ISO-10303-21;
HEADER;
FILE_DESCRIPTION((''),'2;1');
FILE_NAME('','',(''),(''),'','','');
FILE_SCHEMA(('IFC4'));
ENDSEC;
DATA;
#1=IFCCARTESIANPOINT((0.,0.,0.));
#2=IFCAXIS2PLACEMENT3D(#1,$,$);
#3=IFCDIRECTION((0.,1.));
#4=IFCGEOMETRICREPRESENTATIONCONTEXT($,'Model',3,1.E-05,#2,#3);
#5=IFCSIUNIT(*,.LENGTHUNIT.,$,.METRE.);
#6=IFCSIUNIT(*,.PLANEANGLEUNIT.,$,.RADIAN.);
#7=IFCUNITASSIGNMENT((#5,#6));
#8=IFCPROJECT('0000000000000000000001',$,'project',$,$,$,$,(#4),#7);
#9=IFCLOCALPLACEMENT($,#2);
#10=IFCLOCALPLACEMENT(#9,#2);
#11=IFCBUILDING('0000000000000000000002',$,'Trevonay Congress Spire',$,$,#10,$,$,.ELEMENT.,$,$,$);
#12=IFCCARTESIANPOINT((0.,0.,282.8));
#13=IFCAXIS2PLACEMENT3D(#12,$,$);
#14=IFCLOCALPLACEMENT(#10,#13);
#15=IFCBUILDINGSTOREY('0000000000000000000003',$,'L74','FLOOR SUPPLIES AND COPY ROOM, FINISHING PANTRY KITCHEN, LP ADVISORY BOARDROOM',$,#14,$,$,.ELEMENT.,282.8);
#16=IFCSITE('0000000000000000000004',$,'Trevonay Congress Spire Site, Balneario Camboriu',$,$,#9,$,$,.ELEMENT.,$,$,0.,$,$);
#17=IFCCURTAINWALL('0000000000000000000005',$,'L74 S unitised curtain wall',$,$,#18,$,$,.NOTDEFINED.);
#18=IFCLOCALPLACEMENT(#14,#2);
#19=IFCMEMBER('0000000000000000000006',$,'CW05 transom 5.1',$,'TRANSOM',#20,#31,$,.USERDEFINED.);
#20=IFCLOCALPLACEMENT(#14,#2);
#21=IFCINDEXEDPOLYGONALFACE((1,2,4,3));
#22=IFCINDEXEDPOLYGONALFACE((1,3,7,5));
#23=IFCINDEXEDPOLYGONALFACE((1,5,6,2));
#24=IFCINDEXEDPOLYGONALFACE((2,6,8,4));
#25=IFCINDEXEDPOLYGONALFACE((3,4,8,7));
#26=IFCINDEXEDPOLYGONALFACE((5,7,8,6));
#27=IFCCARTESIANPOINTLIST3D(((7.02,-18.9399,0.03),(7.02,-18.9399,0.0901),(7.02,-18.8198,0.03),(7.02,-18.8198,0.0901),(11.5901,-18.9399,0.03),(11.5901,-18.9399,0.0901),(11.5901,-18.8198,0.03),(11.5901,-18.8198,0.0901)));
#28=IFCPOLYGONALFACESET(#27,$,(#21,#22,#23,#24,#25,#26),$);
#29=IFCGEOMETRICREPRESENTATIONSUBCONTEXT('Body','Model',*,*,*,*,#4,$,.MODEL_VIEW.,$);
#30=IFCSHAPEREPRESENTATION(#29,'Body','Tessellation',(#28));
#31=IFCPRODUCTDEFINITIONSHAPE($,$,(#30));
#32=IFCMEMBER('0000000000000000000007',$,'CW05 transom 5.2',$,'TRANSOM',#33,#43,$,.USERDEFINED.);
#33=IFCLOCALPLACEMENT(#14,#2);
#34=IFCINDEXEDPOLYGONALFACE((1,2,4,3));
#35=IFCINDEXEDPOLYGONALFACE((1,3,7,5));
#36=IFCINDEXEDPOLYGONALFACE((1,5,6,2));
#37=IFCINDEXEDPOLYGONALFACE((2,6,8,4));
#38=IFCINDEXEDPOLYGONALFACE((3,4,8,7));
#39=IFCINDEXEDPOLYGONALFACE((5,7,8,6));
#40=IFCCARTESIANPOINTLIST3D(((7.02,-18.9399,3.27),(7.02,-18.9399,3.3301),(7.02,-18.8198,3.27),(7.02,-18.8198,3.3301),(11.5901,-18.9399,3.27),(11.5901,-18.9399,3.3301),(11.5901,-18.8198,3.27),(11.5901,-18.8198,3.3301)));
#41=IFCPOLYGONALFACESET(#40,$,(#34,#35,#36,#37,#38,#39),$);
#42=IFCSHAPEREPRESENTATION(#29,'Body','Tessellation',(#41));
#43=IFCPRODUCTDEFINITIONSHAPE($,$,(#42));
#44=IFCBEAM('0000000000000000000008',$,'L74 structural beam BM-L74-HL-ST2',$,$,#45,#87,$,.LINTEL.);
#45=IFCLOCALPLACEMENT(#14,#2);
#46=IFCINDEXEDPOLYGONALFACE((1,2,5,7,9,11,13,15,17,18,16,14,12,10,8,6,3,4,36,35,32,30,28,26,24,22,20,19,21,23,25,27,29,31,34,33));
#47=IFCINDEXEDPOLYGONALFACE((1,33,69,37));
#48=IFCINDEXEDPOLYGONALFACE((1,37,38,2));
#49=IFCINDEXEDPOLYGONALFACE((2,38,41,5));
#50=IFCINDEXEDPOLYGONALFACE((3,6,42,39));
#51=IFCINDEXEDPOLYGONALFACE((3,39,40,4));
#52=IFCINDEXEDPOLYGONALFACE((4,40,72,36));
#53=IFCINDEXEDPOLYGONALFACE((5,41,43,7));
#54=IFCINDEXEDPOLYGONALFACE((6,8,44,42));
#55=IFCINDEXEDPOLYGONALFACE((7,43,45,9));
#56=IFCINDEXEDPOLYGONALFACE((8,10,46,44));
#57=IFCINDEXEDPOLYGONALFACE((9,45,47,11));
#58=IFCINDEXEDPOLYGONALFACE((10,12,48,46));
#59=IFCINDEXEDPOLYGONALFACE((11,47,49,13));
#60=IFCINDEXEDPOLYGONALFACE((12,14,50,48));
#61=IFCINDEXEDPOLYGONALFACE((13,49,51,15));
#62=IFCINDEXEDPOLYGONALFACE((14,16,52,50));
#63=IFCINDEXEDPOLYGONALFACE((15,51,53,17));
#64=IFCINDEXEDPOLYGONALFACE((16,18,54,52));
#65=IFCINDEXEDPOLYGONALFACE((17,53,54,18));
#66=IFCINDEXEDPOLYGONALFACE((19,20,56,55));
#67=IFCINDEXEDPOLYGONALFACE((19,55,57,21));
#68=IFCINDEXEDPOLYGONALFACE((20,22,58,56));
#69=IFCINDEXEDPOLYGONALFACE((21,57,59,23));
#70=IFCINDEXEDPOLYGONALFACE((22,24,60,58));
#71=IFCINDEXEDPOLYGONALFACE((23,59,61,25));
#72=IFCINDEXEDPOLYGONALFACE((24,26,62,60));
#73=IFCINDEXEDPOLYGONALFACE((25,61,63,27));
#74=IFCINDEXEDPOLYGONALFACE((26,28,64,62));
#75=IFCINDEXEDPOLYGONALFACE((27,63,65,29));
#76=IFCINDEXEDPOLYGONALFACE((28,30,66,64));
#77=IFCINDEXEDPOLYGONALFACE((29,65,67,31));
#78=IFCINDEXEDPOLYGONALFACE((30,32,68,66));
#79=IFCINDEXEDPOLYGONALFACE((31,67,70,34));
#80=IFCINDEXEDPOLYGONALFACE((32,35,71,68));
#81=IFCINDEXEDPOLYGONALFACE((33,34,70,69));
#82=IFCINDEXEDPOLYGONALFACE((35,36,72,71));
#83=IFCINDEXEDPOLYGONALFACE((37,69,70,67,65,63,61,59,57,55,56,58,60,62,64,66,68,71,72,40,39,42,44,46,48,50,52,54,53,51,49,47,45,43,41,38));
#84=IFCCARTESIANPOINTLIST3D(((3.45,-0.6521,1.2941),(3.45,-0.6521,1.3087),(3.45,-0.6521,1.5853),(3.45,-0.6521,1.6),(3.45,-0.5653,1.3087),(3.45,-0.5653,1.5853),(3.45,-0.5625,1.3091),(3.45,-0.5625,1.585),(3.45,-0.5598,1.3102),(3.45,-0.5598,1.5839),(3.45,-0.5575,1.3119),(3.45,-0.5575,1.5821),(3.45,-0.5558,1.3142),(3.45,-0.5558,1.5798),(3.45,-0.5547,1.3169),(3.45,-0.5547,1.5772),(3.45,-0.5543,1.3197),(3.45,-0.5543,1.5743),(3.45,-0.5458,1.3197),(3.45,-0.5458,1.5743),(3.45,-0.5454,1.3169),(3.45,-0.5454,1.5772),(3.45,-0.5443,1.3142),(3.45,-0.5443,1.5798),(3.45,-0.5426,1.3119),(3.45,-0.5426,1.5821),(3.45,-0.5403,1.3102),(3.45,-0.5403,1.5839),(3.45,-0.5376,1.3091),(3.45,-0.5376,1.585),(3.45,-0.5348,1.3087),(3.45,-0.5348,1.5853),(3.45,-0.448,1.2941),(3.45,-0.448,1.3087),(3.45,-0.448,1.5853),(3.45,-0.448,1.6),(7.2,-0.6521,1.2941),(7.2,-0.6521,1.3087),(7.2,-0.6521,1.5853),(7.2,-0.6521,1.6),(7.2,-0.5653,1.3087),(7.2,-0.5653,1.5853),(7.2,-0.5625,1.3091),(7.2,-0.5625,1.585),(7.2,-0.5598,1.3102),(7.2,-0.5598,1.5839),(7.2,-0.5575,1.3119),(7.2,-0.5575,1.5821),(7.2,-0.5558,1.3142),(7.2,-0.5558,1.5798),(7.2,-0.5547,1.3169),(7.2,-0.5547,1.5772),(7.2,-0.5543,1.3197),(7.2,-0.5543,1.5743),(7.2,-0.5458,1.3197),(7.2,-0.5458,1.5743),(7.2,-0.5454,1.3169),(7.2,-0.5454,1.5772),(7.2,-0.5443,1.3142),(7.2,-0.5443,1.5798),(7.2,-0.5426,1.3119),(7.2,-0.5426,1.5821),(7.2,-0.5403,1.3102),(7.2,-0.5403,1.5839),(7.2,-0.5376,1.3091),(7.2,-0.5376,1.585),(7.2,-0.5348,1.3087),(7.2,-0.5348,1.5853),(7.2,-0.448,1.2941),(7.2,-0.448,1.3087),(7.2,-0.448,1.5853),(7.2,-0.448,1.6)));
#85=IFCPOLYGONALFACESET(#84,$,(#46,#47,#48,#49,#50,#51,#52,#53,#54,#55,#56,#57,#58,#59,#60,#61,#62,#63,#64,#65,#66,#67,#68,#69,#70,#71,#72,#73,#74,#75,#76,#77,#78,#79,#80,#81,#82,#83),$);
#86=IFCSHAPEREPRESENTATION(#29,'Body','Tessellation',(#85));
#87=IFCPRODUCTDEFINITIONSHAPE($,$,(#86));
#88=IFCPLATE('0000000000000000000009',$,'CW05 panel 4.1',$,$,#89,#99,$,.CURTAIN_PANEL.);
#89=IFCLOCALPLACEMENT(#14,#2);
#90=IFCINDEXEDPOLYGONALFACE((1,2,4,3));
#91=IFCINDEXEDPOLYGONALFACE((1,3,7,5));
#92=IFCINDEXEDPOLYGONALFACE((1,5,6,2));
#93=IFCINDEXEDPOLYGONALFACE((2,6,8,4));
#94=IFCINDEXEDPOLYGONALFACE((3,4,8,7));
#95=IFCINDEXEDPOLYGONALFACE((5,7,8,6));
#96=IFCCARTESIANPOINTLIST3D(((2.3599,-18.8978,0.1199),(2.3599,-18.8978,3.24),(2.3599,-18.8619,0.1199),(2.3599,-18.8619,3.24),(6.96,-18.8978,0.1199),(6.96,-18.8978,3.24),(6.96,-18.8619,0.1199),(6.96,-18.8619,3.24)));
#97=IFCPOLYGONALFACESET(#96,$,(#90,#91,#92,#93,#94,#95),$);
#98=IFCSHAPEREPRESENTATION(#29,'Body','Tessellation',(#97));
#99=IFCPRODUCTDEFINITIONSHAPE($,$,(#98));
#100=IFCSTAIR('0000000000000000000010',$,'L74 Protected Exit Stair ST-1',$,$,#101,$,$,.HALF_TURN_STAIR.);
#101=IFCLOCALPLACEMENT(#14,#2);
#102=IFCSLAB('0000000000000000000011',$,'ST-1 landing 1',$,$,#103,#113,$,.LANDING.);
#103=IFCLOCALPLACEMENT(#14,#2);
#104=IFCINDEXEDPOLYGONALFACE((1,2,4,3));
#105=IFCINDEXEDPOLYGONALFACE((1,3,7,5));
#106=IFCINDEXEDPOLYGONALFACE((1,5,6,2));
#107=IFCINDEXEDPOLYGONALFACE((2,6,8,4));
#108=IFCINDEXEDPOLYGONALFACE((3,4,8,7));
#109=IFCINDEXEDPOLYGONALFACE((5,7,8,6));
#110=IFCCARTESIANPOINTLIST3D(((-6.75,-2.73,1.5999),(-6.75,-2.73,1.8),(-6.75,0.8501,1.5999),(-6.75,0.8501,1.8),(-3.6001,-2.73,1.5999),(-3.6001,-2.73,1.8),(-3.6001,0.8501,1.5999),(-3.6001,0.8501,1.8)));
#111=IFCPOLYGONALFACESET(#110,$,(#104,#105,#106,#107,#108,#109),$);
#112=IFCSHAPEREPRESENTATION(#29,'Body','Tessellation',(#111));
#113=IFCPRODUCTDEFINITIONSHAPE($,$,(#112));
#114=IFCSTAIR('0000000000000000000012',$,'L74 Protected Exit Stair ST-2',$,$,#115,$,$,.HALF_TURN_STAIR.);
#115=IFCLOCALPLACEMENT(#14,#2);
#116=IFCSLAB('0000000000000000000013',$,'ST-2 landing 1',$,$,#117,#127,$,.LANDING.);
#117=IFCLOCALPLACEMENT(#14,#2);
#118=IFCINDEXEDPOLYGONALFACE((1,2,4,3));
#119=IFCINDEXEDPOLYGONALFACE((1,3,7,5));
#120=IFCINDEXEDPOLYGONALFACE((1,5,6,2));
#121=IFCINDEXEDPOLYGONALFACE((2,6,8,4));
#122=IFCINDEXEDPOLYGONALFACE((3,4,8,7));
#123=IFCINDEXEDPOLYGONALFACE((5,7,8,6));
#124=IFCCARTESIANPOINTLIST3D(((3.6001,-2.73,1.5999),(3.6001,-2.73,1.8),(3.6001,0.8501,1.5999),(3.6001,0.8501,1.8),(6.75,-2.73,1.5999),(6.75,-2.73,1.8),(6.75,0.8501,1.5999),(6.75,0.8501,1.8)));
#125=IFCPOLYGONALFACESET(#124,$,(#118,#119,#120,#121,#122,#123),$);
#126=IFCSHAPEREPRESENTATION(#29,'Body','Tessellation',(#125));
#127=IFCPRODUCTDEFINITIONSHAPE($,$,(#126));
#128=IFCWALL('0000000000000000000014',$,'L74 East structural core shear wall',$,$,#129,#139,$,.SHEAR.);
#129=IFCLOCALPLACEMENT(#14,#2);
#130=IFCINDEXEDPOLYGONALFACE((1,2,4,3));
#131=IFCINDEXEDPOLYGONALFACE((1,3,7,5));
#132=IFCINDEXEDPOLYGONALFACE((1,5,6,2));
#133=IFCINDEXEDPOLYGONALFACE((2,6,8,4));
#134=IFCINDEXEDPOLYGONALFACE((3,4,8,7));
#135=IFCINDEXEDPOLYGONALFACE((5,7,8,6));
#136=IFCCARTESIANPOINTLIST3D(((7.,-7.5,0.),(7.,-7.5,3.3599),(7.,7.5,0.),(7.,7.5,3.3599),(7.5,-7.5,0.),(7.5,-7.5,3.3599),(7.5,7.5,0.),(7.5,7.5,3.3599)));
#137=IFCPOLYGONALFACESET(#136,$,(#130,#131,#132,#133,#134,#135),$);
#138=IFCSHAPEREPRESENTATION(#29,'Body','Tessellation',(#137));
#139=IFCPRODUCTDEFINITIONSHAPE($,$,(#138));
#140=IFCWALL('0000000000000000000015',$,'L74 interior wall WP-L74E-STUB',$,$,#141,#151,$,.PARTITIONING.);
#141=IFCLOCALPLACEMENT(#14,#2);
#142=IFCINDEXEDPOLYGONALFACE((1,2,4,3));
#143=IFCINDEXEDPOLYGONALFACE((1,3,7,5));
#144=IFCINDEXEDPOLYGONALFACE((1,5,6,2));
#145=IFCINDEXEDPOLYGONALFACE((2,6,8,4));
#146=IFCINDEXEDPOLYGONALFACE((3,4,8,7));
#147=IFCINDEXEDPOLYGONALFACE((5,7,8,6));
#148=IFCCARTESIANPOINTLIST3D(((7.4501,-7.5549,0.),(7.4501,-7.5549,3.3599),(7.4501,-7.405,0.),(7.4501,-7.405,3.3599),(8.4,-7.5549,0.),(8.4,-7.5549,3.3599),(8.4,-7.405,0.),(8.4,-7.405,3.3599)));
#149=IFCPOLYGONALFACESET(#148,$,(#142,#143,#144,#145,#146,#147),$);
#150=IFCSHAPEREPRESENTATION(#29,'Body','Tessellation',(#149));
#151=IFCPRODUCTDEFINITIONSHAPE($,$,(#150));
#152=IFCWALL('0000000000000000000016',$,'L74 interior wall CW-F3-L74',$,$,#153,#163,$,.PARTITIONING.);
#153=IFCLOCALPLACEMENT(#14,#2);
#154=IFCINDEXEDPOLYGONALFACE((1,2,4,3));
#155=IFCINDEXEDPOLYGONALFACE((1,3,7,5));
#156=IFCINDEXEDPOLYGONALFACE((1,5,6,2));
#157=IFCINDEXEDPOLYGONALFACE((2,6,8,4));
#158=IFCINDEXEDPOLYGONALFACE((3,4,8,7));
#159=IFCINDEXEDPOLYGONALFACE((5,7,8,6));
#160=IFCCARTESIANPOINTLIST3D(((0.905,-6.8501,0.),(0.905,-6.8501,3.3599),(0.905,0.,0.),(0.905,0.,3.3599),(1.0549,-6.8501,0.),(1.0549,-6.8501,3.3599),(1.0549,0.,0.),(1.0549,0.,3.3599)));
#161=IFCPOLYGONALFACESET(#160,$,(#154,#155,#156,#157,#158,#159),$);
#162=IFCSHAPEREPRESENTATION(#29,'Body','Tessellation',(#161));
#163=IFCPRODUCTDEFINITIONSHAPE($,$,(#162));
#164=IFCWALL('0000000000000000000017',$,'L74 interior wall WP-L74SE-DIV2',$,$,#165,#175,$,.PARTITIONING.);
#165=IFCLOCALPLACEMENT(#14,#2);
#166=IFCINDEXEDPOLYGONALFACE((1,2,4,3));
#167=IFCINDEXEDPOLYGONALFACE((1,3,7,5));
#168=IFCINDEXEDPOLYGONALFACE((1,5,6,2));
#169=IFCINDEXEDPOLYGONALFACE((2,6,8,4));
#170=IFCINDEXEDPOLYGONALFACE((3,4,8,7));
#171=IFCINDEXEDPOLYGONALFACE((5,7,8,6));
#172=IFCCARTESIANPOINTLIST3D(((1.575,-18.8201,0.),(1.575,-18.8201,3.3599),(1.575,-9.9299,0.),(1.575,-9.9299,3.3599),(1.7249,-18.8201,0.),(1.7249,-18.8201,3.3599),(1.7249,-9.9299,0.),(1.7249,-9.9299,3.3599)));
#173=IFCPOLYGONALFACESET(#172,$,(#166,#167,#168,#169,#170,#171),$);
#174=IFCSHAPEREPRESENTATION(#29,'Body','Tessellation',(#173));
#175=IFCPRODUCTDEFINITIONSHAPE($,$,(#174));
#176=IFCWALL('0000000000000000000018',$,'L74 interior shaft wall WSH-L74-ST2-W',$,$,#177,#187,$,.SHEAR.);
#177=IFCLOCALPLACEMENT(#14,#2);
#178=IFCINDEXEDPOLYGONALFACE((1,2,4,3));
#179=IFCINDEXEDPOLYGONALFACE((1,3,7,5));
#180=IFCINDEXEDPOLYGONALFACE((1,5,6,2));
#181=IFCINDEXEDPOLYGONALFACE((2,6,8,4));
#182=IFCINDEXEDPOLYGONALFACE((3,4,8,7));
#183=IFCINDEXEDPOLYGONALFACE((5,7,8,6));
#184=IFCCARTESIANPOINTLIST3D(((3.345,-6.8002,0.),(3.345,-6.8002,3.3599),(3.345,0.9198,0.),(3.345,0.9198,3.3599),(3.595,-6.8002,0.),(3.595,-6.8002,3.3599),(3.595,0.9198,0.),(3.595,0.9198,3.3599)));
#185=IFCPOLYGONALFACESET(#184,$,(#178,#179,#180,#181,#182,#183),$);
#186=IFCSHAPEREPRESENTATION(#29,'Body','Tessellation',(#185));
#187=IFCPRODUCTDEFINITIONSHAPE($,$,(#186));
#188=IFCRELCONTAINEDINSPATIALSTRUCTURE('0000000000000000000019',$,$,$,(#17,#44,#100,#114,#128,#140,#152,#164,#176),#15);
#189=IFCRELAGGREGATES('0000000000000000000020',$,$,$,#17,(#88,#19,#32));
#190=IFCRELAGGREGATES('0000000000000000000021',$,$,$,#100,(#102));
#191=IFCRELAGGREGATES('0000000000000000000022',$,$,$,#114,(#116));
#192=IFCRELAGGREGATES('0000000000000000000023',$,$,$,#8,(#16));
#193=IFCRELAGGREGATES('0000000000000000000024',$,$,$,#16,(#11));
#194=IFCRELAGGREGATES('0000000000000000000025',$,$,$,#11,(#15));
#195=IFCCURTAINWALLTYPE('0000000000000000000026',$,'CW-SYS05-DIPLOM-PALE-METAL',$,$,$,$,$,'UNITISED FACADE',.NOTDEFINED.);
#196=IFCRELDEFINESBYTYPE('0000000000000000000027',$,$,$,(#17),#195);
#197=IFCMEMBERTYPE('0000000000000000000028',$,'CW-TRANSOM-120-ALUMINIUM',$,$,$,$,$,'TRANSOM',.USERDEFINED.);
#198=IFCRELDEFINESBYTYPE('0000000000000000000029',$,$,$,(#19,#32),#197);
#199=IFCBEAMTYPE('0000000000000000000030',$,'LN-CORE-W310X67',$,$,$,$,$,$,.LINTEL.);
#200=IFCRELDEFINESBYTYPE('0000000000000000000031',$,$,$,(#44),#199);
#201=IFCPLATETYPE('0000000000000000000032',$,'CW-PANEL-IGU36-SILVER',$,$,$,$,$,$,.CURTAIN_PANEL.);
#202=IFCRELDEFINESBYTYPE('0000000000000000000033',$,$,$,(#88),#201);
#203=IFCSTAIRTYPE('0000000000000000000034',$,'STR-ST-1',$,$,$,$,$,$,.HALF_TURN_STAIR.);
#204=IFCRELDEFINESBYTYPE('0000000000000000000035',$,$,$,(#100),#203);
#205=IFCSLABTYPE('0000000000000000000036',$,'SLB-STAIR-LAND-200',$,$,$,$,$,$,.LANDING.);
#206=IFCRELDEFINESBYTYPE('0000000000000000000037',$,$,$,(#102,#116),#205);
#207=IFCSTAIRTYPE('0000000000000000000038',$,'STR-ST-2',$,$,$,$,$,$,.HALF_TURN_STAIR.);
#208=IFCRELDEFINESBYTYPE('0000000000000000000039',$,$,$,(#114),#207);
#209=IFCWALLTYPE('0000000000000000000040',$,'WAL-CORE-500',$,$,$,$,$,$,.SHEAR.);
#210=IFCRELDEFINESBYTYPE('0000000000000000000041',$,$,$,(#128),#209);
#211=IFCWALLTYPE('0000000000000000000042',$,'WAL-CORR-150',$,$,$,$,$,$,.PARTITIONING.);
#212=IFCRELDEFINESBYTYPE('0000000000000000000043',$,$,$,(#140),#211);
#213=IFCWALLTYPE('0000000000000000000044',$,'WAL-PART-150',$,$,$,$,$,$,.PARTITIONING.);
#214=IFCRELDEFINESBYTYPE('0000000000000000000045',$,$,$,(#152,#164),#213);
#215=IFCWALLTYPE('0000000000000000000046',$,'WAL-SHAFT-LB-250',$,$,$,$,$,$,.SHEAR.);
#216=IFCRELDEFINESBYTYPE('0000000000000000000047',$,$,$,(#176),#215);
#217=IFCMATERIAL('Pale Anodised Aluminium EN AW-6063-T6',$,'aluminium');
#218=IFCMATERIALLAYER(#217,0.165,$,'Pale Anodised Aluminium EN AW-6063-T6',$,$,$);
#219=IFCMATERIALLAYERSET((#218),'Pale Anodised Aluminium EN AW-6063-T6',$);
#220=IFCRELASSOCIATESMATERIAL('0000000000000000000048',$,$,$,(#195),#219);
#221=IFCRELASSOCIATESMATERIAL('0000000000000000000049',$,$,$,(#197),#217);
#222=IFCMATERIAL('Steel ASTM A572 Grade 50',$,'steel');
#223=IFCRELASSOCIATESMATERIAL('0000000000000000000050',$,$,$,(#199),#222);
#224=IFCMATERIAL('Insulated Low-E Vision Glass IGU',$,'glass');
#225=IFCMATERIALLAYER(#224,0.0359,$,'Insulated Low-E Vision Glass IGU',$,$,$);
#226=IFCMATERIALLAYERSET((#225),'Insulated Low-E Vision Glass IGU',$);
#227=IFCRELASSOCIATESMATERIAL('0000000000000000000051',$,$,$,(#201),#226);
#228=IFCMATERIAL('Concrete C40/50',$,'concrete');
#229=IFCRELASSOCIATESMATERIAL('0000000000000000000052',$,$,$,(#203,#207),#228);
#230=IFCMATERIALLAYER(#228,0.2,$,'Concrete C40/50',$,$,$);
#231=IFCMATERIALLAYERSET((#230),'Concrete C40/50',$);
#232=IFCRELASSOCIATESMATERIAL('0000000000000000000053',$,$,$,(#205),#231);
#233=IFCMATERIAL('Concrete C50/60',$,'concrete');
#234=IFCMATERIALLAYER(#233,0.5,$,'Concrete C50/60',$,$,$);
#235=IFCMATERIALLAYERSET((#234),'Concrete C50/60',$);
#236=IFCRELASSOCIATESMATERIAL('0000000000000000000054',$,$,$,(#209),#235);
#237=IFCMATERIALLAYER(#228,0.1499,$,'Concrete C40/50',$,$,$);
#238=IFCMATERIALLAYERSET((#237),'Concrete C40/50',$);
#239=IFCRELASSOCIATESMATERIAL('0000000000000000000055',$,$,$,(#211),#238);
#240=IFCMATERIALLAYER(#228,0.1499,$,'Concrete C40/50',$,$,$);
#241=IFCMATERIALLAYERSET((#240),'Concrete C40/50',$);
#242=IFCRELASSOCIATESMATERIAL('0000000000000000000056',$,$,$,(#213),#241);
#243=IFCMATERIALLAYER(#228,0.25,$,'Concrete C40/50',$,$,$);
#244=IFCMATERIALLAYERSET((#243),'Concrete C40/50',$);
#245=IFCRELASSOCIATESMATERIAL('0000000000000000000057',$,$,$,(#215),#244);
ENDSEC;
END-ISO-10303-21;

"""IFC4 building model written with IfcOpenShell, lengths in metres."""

from ifc_helpers import new_model, si_unit, direction, frame, frame_2d, origin, origin_2d, place, context, subcontext, project, spatial, polyline, rectangle, i_section, outline, extrude, material, layer, layer_set, material_profile, profile_set, type_object, element, aggregate, save


model = new_model("IFC4")

# Units and contexts
model_context = context("Model", 3, precision=1e-05, world=origin(), true_north=direction((0.0, 1.0)))
body_context = subcontext(model_context, "Body", "Model", "MODEL_VIEW")
ifc_project = project(units=[si_unit("LENGTHUNIT", "METRE"), si_unit("PLANEANGLEUNIT", "RADIAN")], contexts=[model_context])

# Site, building, storey
site_placement = place(None, origin())
site = spatial("IfcSite", under=ifc_project, at=site_placement, Name="Trevonay Congress Spire Site, Balneario Camboriu", CompositionType="ELEMENT", RefElevation=0.0)
building_placement = place(site_placement, origin())
building = spatial("IfcBuilding", under=site, at=building_placement, Name="Trevonay Congress Spire", CompositionType="ELEMENT")
storey_placement = place(building_placement, frame((0.0, 0.0, 282.8)))
storey = spatial("IfcBuildingStorey", under=building, at=storey_placement, Name="L74", Description="FLOOR SUPPLIES AND COPY ROOM, FINISHING PANTRY KITCHEN, LP ADVISORY BOARDROOM", CompositionType="ELEMENT", Elevation=282.8)

# Shared definitions
ifc_material_1 = material(Name="Steel ASTM A572 Grade 50", Category="steel")

# Curtain wall, members
ifc_material_2 = material(Name="Pale Anodised Aluminium EN AW-6063-T6", Category="aluminium")
ifc_layer_1 = layer(ifc_material_2, 0.165, Name="Pale Anodised Aluminium EN AW-6063-T6")
ifc_layer_set_1 = layer_set([ifc_layer_1], Name="Pale Anodised Aluminium EN AW-6063-T6")
curtain_wall_type = type_object("IfcCurtainWallType", Name="CW-SYS05-DIPLOM-PALE-METAL", ElementType="UNITISED FACADE", PredefinedType="NOTDEFINED", material=ifc_layer_set_1)
curtain_wall_placement = place(storey_placement, origin())
curtain_wall = element("IfcCurtainWall", 1, at=curtain_wall_placement, inside=storey, type_object=curtain_wall_type, Name="L74 S unitised curtain wall", PredefinedType="NOTDEFINED")
ifc_material_profile_1 = material_profile(ifc_material_2, rectangle(XDim=0.1201, YDim=0.0601, at=origin_2d()), Name="CW-TRANSOM-120-ALUMINIUM")
ifc_profile_set_1 = profile_set([ifc_material_profile_1], Name="Pale Anodised Aluminium EN AW-6063-T6")
member_type_1 = type_object("IfcMemberType", Name="CW-TRANSOM-120-ALUMINIUM", ElementType="TRANSOM", PredefinedType="USERDEFINED", material=ifc_profile_set_1)
member_1_placement = place(storey_placement, frame((7.02, -18.8799, 0.0601), z_axis=(1.0, 0.0, 0.0), x_axis=(0.0, 1.0, 0.0)))
member_1 = element("IfcMember", 2, at=member_1_placement, type_object=member_type_1, Name="CW05 transom 5.1", ObjectType="TRANSOM", PredefinedType="USERDEFINED", context=body_context, shape_type="SweptSolid", body=[
    extrude(rectangle(XDim=0.1201, YDim=0.0601, at=origin_2d()), origin(), (0.0, 0.0, 1.0), 4.5701),
])
member_2_placement = place(storey_placement, frame((7.02, -18.8799, 3.3), z_axis=(1.0, 0.0, 0.0), x_axis=(0.0, 1.0, 0.0)))
member_2 = element("IfcMember", 3, at=member_2_placement, type_object=member_type_1, Name="CW05 transom 5.2", ObjectType="TRANSOM", PredefinedType="USERDEFINED", context=body_context, shape_type="SweptSolid", body=[
    extrude(rectangle(XDim=0.1201, YDim=0.0601, at=origin_2d()), origin(), (0.0, 0.0, 1.0), 4.5701),
])

# Beam
ifc_material_profile_2 = material_profile(ifc_material_1, i_section(OverallWidth=0.2041, OverallDepth=0.3059, WebThickness=0.0085, FlangeThickness=0.0146, FilletRadius=0.011, at=origin_2d()), Name="W310x67")
ifc_profile_set_2 = profile_set([ifc_material_profile_2], Name="Steel ASTM A572 Grade 50")
beam_type_1 = type_object("IfcBeamType", Name="LN-CORE-W310X67", PredefinedType="LINTEL", material=ifc_profile_set_2)
beam_1_placement = place(storey_placement, frame((3.45, -0.55, 1.447), z_axis=(1.0, 0.0, 0.0), x_axis=(0.0, 1.0, 0.0)))
element("IfcBeam", 4, at=beam_1_placement, inside=storey, type_object=beam_type_1, Name="L74 structural beam BM-L74-HL-ST2", PredefinedType="LINTEL", context=body_context, shape_type="SweptSolid", body=[
    extrude(i_section(OverallWidth=0.2041, OverallDepth=0.3059, WebThickness=0.0085, FlangeThickness=0.0146, FilletRadius=0.011, at=origin_2d()), origin(), (0.0, 0.0, 1.0), 3.75),
])

# Plate
ifc_material_3 = material(Name="Insulated Low-E Vision Glass IGU", Category="glass")
ifc_layer_2 = layer(ifc_material_3, 0.0359, Name="Insulated Low-E Vision Glass IGU")
ifc_layer_set_2 = layer_set([ifc_layer_2], Name="Insulated Low-E Vision Glass IGU")
plate_type = type_object("IfcPlateType", Name="CW-PANEL-IGU36-SILVER", PredefinedType="CURTAIN_PANEL", material=ifc_layer_set_2)
plate_placement = place(storey_placement, frame((4.6599, -18.8799, 0.1199), z_axis=(0.0, 0.0, 1.0), x_axis=(1.0, 0.0, 0.0)))
plate = element("IfcPlate", 5, at=plate_placement, type_object=plate_type, Name="CW05 panel 4.1", PredefinedType="CURTAIN_PANEL", context=body_context, shape_type="SweptSolid", body=[
    extrude(rectangle(XDim=4.6001, YDim=0.0359, at=origin_2d()), origin(), (0.0, 0.0, 1.0), 3.1201),
])
aggregate(curtain_wall, [plate, member_1, member_2])

# Stairs, slabs
ifc_material_4 = material(Name="Concrete C40/50", Category="concrete")
stair_type_1 = type_object("IfcStairType", Name="STR-ST-1", PredefinedType="HALF_TURN_STAIR", material=ifc_material_4)
stair_1_placement = place(storey_placement, origin())
stair_1 = element("IfcStair", 6, at=stair_1_placement, inside=storey, type_object=stair_type_1, Name="L74 Protected Exit Stair ST-1", PredefinedType="HALF_TURN_STAIR")
ifc_layer_3 = layer(ifc_material_4, 0.2, Name="Concrete C40/50")
ifc_layer_set_3 = layer_set([ifc_layer_3], Name="Concrete C40/50")
slab_type = type_object("IfcSlabType", Name="SLB-STAIR-LAND-200", PredefinedType="LANDING", material=ifc_layer_set_3)
slab_1_placement = place(storey_placement, frame((0.0, 0.0, 1.5999)))
slab_1 = element("IfcSlab", 7, at=slab_1_placement, type_object=slab_type, Name="ST-1 landing 1", PredefinedType="LANDING", context=body_context, shape_type="SweptSolid", body=[
    extrude(outline(polyline([(-3.6001, -2.73), (-3.6001, 0.8501), (-6.75, 0.8501), (-6.75, -2.73), (-3.6001, -2.73)])), origin(), (0.0, 0.0, 1.0), 0.2002),
])
aggregate(stair_1, [slab_1])
stair_type_2 = type_object("IfcStairType", Name="STR-ST-2", PredefinedType="HALF_TURN_STAIR", material=ifc_material_4)
stair_2_placement = place(storey_placement, origin())
stair_2 = element("IfcStair", 8, at=stair_2_placement, inside=storey, type_object=stair_type_2, Name="L74 Protected Exit Stair ST-2", PredefinedType="HALF_TURN_STAIR")
slab_2_placement = place(storey_placement, frame((0.0, 0.0, 1.5999)))
slab_2 = element("IfcSlab", 9, at=slab_2_placement, type_object=slab_type, Name="ST-2 landing 1", PredefinedType="LANDING", context=body_context, shape_type="SweptSolid", body=[
    extrude(outline(polyline([(6.75, -2.73), (6.75, 0.8501), (3.6001, 0.8501), (3.6001, -2.73), (6.75, -2.73)])), origin(), (0.0, 0.0, 1.0), 0.2002),
])

# Walls
ifc_material_5 = material(Name="Concrete C50/60", Category="concrete")
ifc_layer_4 = layer(ifc_material_5, 0.5, Name="Concrete C50/60")
ifc_layer_set_4 = layer_set([ifc_layer_4], Name="Concrete C50/60")
wall_type_1 = type_object("IfcWallType", Name="WAL-CORE-500", PredefinedType="SHEAR", material=ifc_layer_set_4)
wall_1_placement = place(storey_placement, frame((7.25, -7.5, 0.0), z_axis=(0.0, 0.0, 1.0), x_axis=(0.0, 1.0, 0.0)))
element("IfcWall", 10, at=wall_1_placement, inside=storey, type_object=wall_type_1, Name="L74 East structural core shear wall", PredefinedType="SHEAR", context=body_context, shape_type="SweptSolid", body=[
    extrude(rectangle(XDim=15.0, YDim=0.5, at=frame_2d((7.5, 0.0))), origin(), (0.0, 0.0, 1.0), 3.3599),
])
ifc_layer_5 = layer(ifc_material_4, 0.1499, Name="Concrete C40/50")
ifc_layer_set_5 = layer_set([ifc_layer_5], Name="Concrete C40/50")
wall_type_2 = type_object("IfcWallType", Name="WAL-CORR-150", PredefinedType="PARTITIONING", material=ifc_layer_set_5)
wall_2_placement = place(storey_placement, frame((7.45, -7.48, 0.0), z_axis=(0.0, 0.0, 1.0), x_axis=(1.0, 0.0, 0.0)))
element("IfcWall", 11, at=wall_2_placement, inside=storey, type_object=wall_type_2, Name="L74 interior wall WP-L74E-STUB", PredefinedType="PARTITIONING", context=body_context, shape_type="SweptSolid", body=[
    extrude(rectangle(XDim=0.95, YDim=0.1499, at=frame_2d((0.4751, 0.0))), origin(), (0.0, 0.0, 1.0), 3.3599),
])
ifc_layer_6 = layer(ifc_material_4, 0.1499, Name="Concrete C40/50")
ifc_layer_set_6 = layer_set([ifc_layer_6], Name="Concrete C40/50")
wall_type_3 = type_object("IfcWallType", Name="WAL-PART-150", PredefinedType="PARTITIONING", material=ifc_layer_set_6)
wall_3_placement = place(storey_placement, frame((0.98, -6.8501, 0.0), z_axis=(0.0, 0.0, 1.0), x_axis=(0.0, 1.0, 0.0)))
element("IfcWall", 12, at=wall_3_placement, inside=storey, type_object=wall_type_3, Name="L74 interior wall CW-F3-L74", PredefinedType="PARTITIONING", context=body_context, shape_type="SweptSolid", body=[
    extrude(rectangle(XDim=6.8501, YDim=0.1499, at=frame_2d((3.425, 0.0))), origin(), (0.0, 0.0, 1.0), 3.3599),
])
wall_4_placement = place(storey_placement, frame((1.6499, -18.8201, 0.0), z_axis=(0.0, 0.0, 1.0), x_axis=(0.0, 1.0, 0.0)))
element("IfcWall", 13, at=wall_4_placement, inside=storey, type_object=wall_type_3, Name="L74 interior wall WP-L74SE-DIV2", PredefinedType="PARTITIONING", context=body_context, shape_type="SweptSolid", body=[
    extrude(rectangle(XDim=8.8901, YDim=0.1499, at=frame_2d((4.4451, 0.0))), origin(), (0.0, 0.0, 1.0), 3.3599),
])
ifc_layer_7 = layer(ifc_material_4, 0.25, Name="Concrete C40/50")
ifc_layer_set_7 = layer_set([ifc_layer_7], Name="Concrete C40/50")
wall_type_4 = type_object("IfcWallType", Name="WAL-SHAFT-LB-250", PredefinedType="SHEAR", material=ifc_layer_set_7)
wall_5_placement = place(storey_placement, frame((3.47, -6.8, 0.0), z_axis=(0.0, 0.0, 1.0), x_axis=(0.0, 1.0, 0.0)))
element("IfcWall", 14, at=wall_5_placement, inside=storey, type_object=wall_type_4, Name="L74 interior shaft wall WSH-L74-ST2-W", PredefinedType="SHEAR", context=body_context, shape_type="SweptSolid", body=[
    extrude(rectangle(XDim=7.72, YDim=0.25, at=frame_2d((3.8599, 0.0))), origin(), (0.0, 0.0, 1.0), 3.3599),
])

aggregate(stair_2, [slab_2])

save(model, "model.ifc")
